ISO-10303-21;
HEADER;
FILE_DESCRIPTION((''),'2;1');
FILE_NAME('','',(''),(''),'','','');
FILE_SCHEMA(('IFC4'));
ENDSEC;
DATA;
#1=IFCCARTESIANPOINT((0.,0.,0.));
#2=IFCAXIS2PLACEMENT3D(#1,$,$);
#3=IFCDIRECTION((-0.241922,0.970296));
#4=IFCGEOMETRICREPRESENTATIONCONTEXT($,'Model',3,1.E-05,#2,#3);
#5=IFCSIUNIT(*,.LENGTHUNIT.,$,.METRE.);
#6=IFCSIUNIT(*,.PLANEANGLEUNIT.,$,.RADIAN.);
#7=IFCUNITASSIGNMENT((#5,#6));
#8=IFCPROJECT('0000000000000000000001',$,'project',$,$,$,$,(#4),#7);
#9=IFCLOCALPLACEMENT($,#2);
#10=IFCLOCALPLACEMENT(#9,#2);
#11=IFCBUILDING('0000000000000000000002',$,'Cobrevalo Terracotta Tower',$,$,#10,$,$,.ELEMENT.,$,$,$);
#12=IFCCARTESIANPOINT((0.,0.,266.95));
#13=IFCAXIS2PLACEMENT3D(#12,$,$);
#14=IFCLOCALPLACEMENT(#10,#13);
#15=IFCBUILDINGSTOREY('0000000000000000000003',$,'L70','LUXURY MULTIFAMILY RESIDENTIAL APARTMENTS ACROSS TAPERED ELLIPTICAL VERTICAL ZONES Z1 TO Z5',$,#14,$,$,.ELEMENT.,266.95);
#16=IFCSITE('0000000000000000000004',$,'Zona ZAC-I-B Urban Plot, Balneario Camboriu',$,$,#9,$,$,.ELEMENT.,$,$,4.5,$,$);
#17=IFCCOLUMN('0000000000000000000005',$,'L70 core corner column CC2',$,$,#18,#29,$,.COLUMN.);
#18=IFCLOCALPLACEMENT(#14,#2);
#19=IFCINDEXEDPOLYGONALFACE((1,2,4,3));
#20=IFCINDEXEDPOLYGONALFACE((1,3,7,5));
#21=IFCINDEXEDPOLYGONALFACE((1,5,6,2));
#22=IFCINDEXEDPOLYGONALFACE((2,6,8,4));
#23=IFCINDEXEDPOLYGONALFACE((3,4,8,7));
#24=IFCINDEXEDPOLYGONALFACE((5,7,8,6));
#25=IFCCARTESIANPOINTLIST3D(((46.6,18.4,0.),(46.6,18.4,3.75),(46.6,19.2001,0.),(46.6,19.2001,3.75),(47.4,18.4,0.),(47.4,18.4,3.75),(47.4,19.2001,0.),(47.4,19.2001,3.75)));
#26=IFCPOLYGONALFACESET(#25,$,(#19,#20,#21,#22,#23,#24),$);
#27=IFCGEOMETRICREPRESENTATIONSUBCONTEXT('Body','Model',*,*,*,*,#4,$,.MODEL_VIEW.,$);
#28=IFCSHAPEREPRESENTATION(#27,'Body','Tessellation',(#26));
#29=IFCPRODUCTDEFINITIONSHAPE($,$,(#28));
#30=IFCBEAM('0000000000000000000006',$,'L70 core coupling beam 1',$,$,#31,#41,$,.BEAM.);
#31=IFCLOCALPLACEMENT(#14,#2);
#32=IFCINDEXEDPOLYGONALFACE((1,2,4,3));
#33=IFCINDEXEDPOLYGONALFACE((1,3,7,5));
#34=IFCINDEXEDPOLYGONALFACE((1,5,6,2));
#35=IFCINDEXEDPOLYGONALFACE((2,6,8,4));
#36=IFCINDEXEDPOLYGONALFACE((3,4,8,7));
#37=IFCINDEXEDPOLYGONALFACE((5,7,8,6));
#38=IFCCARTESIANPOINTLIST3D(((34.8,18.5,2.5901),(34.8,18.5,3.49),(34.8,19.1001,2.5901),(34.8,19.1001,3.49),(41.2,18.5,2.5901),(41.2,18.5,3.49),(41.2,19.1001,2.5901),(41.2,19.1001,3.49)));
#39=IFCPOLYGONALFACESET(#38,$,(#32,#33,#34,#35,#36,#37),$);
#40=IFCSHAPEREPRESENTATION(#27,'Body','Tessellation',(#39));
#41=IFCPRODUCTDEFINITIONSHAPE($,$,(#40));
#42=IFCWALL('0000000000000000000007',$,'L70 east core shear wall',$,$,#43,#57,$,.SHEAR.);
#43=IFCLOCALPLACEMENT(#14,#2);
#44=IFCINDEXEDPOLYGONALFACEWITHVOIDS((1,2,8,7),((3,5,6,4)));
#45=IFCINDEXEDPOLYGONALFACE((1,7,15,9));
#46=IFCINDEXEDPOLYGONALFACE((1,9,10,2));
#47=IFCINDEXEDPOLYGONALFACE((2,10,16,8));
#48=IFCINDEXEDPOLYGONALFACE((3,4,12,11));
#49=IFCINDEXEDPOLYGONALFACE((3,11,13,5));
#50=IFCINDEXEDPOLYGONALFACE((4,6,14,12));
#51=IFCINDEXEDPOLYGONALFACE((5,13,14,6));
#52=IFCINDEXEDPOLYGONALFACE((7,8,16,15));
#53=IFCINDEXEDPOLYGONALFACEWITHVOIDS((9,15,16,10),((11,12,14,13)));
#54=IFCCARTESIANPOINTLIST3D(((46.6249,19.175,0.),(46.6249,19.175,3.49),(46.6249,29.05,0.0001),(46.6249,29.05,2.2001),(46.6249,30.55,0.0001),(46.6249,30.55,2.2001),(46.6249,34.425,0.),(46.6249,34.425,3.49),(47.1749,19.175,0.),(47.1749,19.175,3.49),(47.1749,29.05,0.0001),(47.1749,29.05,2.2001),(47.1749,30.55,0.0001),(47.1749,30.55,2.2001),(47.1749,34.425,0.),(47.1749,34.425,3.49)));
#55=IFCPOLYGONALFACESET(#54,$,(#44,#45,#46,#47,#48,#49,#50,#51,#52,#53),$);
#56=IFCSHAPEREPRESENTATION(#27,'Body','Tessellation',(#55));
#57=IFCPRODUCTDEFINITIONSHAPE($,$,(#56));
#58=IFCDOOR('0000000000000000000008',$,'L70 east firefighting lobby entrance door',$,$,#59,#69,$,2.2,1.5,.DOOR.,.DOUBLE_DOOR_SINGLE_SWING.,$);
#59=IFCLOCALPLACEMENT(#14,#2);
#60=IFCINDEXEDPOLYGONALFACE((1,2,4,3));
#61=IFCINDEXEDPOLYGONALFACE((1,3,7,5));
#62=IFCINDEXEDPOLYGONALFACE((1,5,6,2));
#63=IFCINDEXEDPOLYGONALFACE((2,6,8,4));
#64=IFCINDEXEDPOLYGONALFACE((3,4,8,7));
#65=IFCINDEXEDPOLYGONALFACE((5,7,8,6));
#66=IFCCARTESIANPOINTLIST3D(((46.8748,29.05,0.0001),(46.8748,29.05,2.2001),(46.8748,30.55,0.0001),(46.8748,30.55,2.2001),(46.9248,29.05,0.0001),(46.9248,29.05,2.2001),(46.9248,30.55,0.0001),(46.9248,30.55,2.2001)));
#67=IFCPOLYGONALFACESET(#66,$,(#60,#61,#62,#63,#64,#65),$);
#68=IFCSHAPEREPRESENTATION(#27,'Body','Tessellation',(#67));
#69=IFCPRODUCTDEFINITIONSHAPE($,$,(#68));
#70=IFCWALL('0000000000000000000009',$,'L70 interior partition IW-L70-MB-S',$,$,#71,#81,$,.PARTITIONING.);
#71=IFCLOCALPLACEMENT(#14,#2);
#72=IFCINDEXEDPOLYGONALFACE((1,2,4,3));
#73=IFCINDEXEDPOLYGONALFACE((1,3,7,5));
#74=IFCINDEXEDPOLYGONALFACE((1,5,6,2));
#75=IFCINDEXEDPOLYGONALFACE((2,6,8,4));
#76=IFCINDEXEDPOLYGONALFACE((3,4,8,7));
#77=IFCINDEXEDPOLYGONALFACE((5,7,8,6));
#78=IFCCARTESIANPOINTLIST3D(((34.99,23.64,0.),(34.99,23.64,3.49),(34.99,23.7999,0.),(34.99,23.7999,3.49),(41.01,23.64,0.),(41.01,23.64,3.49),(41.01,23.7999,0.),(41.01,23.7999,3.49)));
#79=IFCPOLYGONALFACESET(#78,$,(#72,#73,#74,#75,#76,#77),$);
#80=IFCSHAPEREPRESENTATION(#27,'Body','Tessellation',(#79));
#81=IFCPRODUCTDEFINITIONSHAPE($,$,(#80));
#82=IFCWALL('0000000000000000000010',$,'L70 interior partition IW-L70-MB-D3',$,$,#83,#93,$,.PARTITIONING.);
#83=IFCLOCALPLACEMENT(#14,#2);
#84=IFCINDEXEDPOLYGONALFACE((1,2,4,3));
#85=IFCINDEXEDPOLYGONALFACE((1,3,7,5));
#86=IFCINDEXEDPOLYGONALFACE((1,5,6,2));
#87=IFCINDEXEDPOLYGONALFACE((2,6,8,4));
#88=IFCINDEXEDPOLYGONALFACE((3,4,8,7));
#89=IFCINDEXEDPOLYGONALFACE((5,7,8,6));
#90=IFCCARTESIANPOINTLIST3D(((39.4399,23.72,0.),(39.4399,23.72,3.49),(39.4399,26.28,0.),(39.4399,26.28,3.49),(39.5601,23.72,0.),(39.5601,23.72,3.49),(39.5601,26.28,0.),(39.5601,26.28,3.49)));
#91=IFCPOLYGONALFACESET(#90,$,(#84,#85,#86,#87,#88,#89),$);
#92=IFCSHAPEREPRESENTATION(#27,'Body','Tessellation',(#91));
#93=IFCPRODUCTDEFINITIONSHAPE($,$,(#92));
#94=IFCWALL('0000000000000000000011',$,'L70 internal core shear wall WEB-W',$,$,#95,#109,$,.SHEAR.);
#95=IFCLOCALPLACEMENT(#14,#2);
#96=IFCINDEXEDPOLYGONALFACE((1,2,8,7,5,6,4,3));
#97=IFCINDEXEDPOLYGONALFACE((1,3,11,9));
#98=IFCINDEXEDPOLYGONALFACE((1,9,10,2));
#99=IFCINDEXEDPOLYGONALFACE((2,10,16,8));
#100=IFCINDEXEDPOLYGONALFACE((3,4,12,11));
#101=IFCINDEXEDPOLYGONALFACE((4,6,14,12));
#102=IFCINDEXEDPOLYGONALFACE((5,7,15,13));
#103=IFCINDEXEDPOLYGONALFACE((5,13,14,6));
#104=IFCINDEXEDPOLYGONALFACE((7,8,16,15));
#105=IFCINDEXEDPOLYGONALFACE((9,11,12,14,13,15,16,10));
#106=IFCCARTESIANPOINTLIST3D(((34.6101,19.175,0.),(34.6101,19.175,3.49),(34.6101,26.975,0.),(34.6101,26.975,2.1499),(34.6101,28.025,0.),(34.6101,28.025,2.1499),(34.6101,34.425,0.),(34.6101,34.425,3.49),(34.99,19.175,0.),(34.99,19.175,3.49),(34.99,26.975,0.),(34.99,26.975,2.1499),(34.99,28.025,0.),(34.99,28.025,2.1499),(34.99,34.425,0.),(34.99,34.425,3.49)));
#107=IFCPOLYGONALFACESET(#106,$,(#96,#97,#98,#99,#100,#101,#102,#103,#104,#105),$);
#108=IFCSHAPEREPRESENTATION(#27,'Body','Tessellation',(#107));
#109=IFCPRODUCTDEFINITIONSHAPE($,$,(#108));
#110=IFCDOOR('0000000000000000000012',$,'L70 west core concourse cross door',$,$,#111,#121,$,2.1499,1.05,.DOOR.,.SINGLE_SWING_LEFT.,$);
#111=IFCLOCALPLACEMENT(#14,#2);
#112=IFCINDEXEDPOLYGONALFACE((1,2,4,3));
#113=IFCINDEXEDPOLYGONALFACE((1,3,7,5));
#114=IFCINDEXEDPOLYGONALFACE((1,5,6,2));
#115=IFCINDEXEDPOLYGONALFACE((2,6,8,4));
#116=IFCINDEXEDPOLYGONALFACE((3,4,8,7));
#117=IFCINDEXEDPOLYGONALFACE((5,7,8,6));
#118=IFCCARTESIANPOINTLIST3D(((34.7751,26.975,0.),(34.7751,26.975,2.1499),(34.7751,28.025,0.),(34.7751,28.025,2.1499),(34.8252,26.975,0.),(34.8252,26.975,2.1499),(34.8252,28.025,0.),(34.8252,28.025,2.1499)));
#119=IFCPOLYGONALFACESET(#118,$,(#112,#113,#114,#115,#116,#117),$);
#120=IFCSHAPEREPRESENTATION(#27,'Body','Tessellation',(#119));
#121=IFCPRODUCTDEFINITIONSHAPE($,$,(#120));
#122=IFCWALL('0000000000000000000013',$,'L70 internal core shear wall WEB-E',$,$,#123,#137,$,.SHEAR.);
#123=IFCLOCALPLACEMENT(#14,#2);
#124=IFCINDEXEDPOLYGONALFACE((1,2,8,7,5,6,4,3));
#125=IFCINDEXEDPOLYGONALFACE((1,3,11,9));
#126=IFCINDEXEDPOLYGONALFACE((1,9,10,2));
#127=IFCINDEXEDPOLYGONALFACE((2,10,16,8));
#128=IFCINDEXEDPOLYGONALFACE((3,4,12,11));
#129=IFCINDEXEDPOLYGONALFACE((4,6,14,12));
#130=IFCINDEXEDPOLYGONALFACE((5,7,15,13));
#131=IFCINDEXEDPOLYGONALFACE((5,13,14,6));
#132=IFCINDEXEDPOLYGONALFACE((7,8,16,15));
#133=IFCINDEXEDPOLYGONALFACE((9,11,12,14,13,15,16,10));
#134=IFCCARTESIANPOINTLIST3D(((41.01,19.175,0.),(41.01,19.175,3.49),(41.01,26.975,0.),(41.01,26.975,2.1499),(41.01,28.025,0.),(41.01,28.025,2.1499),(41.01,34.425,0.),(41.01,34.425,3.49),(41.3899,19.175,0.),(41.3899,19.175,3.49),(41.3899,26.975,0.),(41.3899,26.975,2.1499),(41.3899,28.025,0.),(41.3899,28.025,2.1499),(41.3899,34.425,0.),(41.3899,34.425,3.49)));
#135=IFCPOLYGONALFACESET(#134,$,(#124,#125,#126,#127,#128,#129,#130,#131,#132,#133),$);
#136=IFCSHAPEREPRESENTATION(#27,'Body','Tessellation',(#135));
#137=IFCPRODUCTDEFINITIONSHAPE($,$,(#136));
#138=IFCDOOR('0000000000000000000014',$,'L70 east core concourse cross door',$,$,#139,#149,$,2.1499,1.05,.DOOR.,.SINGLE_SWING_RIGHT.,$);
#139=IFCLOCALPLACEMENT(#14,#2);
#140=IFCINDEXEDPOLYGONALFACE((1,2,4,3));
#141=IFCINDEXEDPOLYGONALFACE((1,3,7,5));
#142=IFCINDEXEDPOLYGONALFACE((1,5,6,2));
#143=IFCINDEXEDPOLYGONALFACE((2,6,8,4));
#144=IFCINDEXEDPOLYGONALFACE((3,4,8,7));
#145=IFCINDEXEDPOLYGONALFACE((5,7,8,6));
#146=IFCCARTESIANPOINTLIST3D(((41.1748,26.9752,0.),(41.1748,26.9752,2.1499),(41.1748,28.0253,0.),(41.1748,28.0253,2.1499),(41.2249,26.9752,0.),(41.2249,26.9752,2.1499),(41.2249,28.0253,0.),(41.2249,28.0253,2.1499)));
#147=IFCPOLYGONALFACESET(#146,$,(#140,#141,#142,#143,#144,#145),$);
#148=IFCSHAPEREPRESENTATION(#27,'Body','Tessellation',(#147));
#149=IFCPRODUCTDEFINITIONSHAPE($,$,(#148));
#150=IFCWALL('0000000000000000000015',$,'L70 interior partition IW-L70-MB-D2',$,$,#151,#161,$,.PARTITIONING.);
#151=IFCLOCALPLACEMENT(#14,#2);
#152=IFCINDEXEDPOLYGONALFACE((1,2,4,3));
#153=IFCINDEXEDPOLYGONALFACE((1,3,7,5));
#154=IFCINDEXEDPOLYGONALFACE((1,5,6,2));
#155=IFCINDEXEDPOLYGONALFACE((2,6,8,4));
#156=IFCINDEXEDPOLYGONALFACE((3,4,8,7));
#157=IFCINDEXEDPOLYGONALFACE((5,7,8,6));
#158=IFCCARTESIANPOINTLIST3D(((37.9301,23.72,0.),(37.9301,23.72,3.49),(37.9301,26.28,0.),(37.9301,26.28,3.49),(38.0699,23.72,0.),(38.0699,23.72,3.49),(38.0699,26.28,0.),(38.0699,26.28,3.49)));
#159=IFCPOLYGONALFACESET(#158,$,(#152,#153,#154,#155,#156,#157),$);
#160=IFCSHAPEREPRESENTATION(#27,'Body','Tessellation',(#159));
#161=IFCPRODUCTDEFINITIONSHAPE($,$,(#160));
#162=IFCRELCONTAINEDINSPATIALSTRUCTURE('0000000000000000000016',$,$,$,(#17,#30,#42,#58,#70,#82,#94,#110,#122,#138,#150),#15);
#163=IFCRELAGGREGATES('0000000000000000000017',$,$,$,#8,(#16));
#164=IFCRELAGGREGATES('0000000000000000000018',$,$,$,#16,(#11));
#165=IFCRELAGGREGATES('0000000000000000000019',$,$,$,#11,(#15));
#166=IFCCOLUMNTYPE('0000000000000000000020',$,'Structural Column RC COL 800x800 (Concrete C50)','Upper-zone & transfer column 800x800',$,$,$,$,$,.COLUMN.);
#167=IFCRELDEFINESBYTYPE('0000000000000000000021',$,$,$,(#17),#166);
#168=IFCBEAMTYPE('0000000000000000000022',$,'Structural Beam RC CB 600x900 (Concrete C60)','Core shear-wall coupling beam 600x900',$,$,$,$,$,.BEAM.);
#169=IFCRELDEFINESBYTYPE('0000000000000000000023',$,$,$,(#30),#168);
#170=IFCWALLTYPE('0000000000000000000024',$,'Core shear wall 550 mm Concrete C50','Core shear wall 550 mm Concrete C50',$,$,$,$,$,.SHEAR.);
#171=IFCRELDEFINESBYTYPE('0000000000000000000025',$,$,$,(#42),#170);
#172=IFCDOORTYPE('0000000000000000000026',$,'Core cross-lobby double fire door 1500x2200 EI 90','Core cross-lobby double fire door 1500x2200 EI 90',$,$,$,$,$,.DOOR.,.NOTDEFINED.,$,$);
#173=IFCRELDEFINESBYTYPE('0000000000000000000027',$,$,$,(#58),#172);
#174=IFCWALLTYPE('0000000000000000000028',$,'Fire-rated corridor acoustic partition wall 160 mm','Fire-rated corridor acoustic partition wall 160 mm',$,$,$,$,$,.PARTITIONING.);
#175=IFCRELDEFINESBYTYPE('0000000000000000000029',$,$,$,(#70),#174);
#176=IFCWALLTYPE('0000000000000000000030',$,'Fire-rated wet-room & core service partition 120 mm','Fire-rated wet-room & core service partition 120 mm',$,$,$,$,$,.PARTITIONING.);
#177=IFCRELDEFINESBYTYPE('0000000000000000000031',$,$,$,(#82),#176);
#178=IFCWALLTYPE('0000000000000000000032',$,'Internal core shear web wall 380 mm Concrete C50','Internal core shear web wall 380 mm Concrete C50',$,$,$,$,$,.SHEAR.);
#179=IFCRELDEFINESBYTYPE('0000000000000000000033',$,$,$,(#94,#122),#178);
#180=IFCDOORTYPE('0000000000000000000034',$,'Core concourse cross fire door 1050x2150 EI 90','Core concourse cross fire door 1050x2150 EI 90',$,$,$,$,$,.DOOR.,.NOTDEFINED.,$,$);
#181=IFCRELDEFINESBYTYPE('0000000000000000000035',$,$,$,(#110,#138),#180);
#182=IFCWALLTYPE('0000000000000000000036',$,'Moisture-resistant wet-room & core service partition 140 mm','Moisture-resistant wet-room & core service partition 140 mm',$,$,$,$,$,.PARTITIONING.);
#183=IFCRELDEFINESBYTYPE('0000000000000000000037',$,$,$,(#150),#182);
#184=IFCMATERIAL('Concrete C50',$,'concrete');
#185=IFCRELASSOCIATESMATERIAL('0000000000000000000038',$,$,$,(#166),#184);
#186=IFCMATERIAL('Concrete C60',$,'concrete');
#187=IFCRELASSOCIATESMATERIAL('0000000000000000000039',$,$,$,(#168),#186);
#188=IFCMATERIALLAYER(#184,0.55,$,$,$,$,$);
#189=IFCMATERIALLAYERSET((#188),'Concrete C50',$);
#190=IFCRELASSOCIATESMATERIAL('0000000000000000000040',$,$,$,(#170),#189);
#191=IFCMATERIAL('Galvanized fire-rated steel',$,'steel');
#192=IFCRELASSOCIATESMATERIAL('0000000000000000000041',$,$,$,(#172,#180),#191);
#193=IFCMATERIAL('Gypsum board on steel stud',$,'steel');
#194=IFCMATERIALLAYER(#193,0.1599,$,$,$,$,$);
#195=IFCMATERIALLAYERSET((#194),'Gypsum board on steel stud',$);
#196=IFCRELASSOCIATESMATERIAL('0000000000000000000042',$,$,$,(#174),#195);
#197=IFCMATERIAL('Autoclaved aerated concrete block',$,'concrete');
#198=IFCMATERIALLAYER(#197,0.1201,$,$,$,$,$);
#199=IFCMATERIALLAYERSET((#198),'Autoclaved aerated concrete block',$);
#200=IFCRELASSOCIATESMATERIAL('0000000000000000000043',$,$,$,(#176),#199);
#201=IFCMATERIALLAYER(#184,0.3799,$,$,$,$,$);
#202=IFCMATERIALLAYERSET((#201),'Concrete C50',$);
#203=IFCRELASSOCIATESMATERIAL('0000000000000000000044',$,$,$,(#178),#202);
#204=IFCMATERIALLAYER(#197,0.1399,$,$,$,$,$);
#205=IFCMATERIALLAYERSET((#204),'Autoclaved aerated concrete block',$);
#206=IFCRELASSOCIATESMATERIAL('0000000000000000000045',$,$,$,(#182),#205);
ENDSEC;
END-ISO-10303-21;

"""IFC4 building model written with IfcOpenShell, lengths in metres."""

from ifc_helpers import new_model, si_unit, direction, frame, frame_2d, origin, origin_2d, place, context, subcontext, project, spatial, rectangle, extrude, source, transform, mapped, material, layer, layer_set, material_profile, profile_set, type_object, element, fill, save


model = new_model("IFC4")

# Units and contexts
model_context = context("Model", 3, precision=1e-05, world=origin(), true_north=direction((-0.241922, 0.970296)))
body_context = subcontext(model_context, "Body", "Model", "MODEL_VIEW")
ifc_project = project(units=[si_unit("LENGTHUNIT", "METRE"), si_unit("PLANEANGLEUNIT", "RADIAN")], contexts=[model_context])

# Site, building, storey
site_placement = place(None, origin())
site = spatial("IfcSite", under=ifc_project, at=site_placement, Name="Zona ZAC-I-B Urban Plot, Balneario Camboriu", CompositionType="ELEMENT", RefElevation=4.5)
building_placement = place(site_placement, origin())
building = spatial("IfcBuilding", under=site, at=building_placement, Name="Cobrevalo Terracotta Tower", CompositionType="ELEMENT")
storey_placement = place(building_placement, frame((0.0, 0.0, 266.95)))
storey = spatial("IfcBuildingStorey", under=building, at=storey_placement, Name="L70", Description="LUXURY MULTIFAMILY RESIDENTIAL APARTMENTS ACROSS TAPERED ELLIPTICAL VERTICAL ZONES Z1 TO Z5", CompositionType="ELEMENT", Elevation=266.95)

# Column
ifc_material_1 = material(Name="Concrete C50", Category="concrete")
ifc_material_profile_1 = material_profile(ifc_material_1, rectangle(XDim=0.8, YDim=0.8, at=origin_2d()), Name="RC COL 800x800")
ifc_profile_set_1 = profile_set([ifc_material_profile_1], Name="Concrete C50")
column_type = type_object("IfcColumnType", Name="Structural Column RC COL 800x800 (Concrete C50)", Description="Upper-zone & transfer column 800x800", PredefinedType="COLUMN", material=ifc_profile_set_1)
column_placement = place(storey_placement, frame((47.0, 18.8, 0.0), z_axis=(0.0, 0.0, 1.0), x_axis=(1.0, 0.0, 0.0)))
element("IfcColumn", 1, at=column_placement, inside=storey, type_object=column_type, Name="L70 core corner column CC2", PredefinedType="COLUMN", context=body_context, shape_type="SweptSolid", body=[
    extrude(rectangle(XDim=0.8, YDim=0.8, at=origin_2d()), origin(), (0.0, 0.0, 1.0), 3.75),
])

# Beam
ifc_material_2 = material(Name="Concrete C60", Category="concrete")
ifc_material_profile_2 = material_profile(ifc_material_2, rectangle(XDim=0.6001, YDim=0.8999, at=origin_2d()), Name="RC CB 600x900")
ifc_profile_set_2 = profile_set([ifc_material_profile_2], Name="Concrete C60")
beam_type = type_object("IfcBeamType", Name="Structural Beam RC CB 600x900 (Concrete C60)", Description="Core shear-wall coupling beam 600x900", PredefinedType="BEAM", material=ifc_profile_set_2)
beam_placement = place(storey_placement, frame((34.8, 18.8, 3.04), z_axis=(1.0, 0.0, 0.0), x_axis=(0.0, 1.0, 0.0)))
element("IfcBeam", 2, at=beam_placement, inside=storey, type_object=beam_type, Name="L70 core coupling beam 1", PredefinedType="BEAM", context=body_context, shape_type="SweptSolid", body=[
    extrude(rectangle(XDim=0.6001, YDim=0.8999, at=origin_2d()), origin(), (0.0, 0.0, 1.0), 6.3999),
])

# Wall, opening, door
ifc_layer_1 = layer(ifc_material_1, 0.55)
ifc_layer_set_1 = layer_set([ifc_layer_1], Name="Concrete C50")
wall_type_1 = type_object("IfcWallType", Name="Core shear wall 550 mm Concrete C50", Description="Core shear wall 550 mm Concrete C50", PredefinedType="SHEAR", material=ifc_layer_set_1)
wall_1_placement = place(storey_placement, frame((46.8999, 19.175, 0.0), z_axis=(0.0, 0.0, 1.0), x_axis=(0.0, 1.0, 0.0)))
wall_1 = element("IfcWall", 3, at=wall_1_placement, inside=storey, type_object=wall_type_1, Name="L70 east core shear wall", PredefinedType="SHEAR", context=body_context, shape_type="SweptSolid", body=[
    extrude(rectangle(XDim=15.25, YDim=0.55, at=frame_2d((7.625, 0.0))), origin(), (0.0, 0.0, 1.0), 3.49),
])
opening_1_placement = place(wall_1_placement, frame((9.875, 0.0, 0.0)))
opening_1 = element("IfcOpeningElement", 4, at=opening_1_placement, cuts=wall_1, PredefinedType="OPENING", context=body_context, shape_type="SweptSolid", body=[
    extrude(rectangle(XDim=1.5, YDim=2.2, at=frame_2d((0.75, 1.1001))), frame((0.0, 0.2852, 0.0), z_axis=(0.0, -1.0, 0.0), x_axis=(1.0, 0.0, 0.0)), (0.0, 0.0, 1.0), 0.5701),
])
ifc_material_3 = material(Name="Galvanized fire-rated steel", Category="steel")
door_type_1 = type_object("IfcDoorType", Name="Core cross-lobby double fire door 1500x2200 EI 90", Description="Core cross-lobby double fire door 1500x2200 EI 90", OperationType="NOTDEFINED", PredefinedType="DOOR", material=ifc_material_3)
shared_shape_1 = source(origin(), body_context, "Body", "SweptSolid", [
    extrude(rectangle(XDim=1.5, YDim=2.2, at=frame_2d((0.75, 1.1001))), frame((0.0, 0.0249, 0.0), z_axis=(0.0, -1.0, 0.0), x_axis=(1.0, 0.0, 0.0)), (0.0, 0.0, 1.0), 0.05),
])
door_1_placement = place(opening_1_placement, frame((1.5, 0.0, 0.0), z_axis=(0.0, 0.0, 1.0), x_axis=(-1.0, 0.0, 0.0)))
door_1 = element("IfcDoor", 5, at=door_1_placement, inside=storey, type_object=door_type_1, Name="L70 east firefighting lobby entrance door", OperationType="DOUBLE_DOOR_SINGLE_SWING", OverallHeight=2.2, OverallWidth=1.5, PredefinedType="DOOR", context=body_context, shape_type="MappedRepresentation", body=[
    mapped(shared_shape_1, transform((0.0, 0.0, 0.0), scale=1.0)),
])
fill(opening_1, door_1)

# Walls
ifc_material_4 = material(Name="Gypsum board on steel stud", Category="steel")
ifc_layer_2 = layer(ifc_material_4, 0.1599)
ifc_layer_set_2 = layer_set([ifc_layer_2], Name="Gypsum board on steel stud")
wall_type_2 = type_object("IfcWallType", Name="Fire-rated corridor acoustic partition wall 160 mm", Description="Fire-rated corridor acoustic partition wall 160 mm", PredefinedType="PARTITIONING", material=ifc_layer_set_2)
wall_2_placement = place(storey_placement, frame((34.99, 23.72, 0.0), z_axis=(0.0, 0.0, 1.0), x_axis=(1.0, 0.0, 0.0)))
element("IfcWall", 6, at=wall_2_placement, inside=storey, type_object=wall_type_2, Name="L70 interior partition IW-L70-MB-S", PredefinedType="PARTITIONING", context=body_context, shape_type="SweptSolid", body=[
    extrude(rectangle(XDim=6.02, YDim=0.1599, at=frame_2d((3.01, 0.0))), origin(), (0.0, 0.0, 1.0), 3.49),
])
ifc_material_5 = material(Name="Autoclaved aerated concrete block", Category="concrete")
ifc_layer_3 = layer(ifc_material_5, 0.1201)
ifc_layer_set_3 = layer_set([ifc_layer_3], Name="Autoclaved aerated concrete block")
wall_type_3 = type_object("IfcWallType", Name="Fire-rated wet-room & core service partition 120 mm", Description="Fire-rated wet-room & core service partition 120 mm", PredefinedType="PARTITIONING", material=ifc_layer_set_3)
wall_3_placement = place(storey_placement, frame((39.5, 23.72, 0.0), z_axis=(0.0, 0.0, 1.0), x_axis=(0.0, 1.0, 0.0)))
element("IfcWall", 7, at=wall_3_placement, inside=storey, type_object=wall_type_3, Name="L70 interior partition IW-L70-MB-D3", PredefinedType="PARTITIONING", context=body_context, shape_type="SweptSolid", body=[
    extrude(rectangle(XDim=2.5601, YDim=0.1201, at=frame_2d((1.28, 0.0))), origin(), (0.0, 0.0, 1.0), 3.49),
])

# Walls, openings, doors
ifc_layer_4 = layer(ifc_material_1, 0.3799)
ifc_layer_set_4 = layer_set([ifc_layer_4], Name="Concrete C50")
wall_type_4 = type_object("IfcWallType", Name="Internal core shear web wall 380 mm Concrete C50", Description="Internal core shear web wall 380 mm Concrete C50", PredefinedType="SHEAR", material=ifc_layer_set_4)
wall_4_placement = place(storey_placement, frame((34.8, 19.175, 0.0), z_axis=(0.0, 0.0, 1.0), x_axis=(0.0, 1.0, 0.0)))
wall_4 = element("IfcWall", 8, at=wall_4_placement, inside=storey, type_object=wall_type_4, Name="L70 internal core shear wall WEB-W", PredefinedType="SHEAR", context=body_context, shape_type="SweptSolid", body=[
    extrude(rectangle(XDim=15.25, YDim=0.3799, at=frame_2d((7.625, 0.0))), origin(), (0.0, 0.0, 1.0), 3.49),
])
opening_2_placement = place(wall_4_placement, frame((7.8, 0.0, 0.0)))
opening_2 = element("IfcOpeningElement", 9, at=opening_2_placement, cuts=wall_4, PredefinedType="OPENING", context=body_context, shape_type="SweptSolid", body=[
    extrude(rectangle(XDim=1.05, YDim=2.1499, at=frame_2d((0.5249, 1.075))), frame((0.0, 0.2, 0.0), z_axis=(0.0, -1.0, 0.0), x_axis=(1.0, 0.0, 0.0)), (0.0, 0.0, 1.0), 0.3999),
])
door_type_2 = type_object("IfcDoorType", Name="Core concourse cross fire door 1050x2150 EI 90", Description="Core concourse cross fire door 1050x2150 EI 90", OperationType="NOTDEFINED", PredefinedType="DOOR", material=ifc_material_3)
shared_shape_2 = source(origin(), body_context, "Body", "SweptSolid", [
    extrude(rectangle(XDim=1.05, YDim=2.1499, at=frame_2d((0.5249, 1.075))), frame((0.0, 0.0249, 0.0), z_axis=(0.0, -1.0, 0.0), x_axis=(1.0, 0.0, 0.0)), (0.0, 0.0, 1.0), 0.05),
])
door_2_placement = place(opening_2_placement, origin())
door_2 = element("IfcDoor", 10, at=door_2_placement, inside=storey, type_object=door_type_2, Name="L70 west core concourse cross door", OperationType="SINGLE_SWING_LEFT", OverallHeight=2.1499, OverallWidth=1.05, PredefinedType="DOOR", context=body_context, shape_type="MappedRepresentation", body=[
    mapped(shared_shape_2, transform((0.0, 0.0, 0.0), scale=1.0)),
])
fill(opening_2, door_2)
wall_5_placement = place(storey_placement, frame((41.2, 19.175, 0.0), z_axis=(0.0, 0.0, 1.0), x_axis=(0.0, 1.0, 0.0)))
wall_5 = element("IfcWall", 11, at=wall_5_placement, inside=storey, type_object=wall_type_4, Name="L70 internal core shear wall WEB-E", PredefinedType="SHEAR", context=body_context, shape_type="SweptSolid", body=[
    extrude(rectangle(XDim=15.25, YDim=0.3799, at=frame_2d((7.625, 0.0))), origin(), (0.0, 0.0, 1.0), 3.49),
])
opening_3_placement = place(wall_5_placement, frame((7.8, 0.0, 0.0)))
opening_3 = element("IfcOpeningElement", 12, at=opening_3_placement, cuts=wall_5, PredefinedType="OPENING", context=body_context, shape_type="SweptSolid", body=[
    extrude(rectangle(XDim=1.05, YDim=2.1499, at=frame_2d((0.5249, 1.075))), frame((0.0, 0.2, 0.0), z_axis=(0.0, -1.0, 0.0), x_axis=(1.0, 0.0, 0.0)), (0.0, 0.0, 1.0), 0.3999),
])
door_3_placement = place(opening_3_placement, frame((1.05, 0.0, 0.0), z_axis=(0.0, 0.0, 1.0), x_axis=(-1.0, 0.0, 0.0)))
door_3 = element("IfcDoor", 13, at=door_3_placement, inside=storey, type_object=door_type_2, Name="L70 east core concourse cross door", OperationType="SINGLE_SWING_RIGHT", OverallHeight=2.1499, OverallWidth=1.05, PredefinedType="DOOR", context=body_context, shape_type="MappedRepresentation", body=[
    mapped(shared_shape_2, transform((0.0, 0.0, 0.0), scale=1.0)),
])
fill(opening_3, door_3)

# Wall
ifc_layer_5 = layer(ifc_material_5, 0.1399)
ifc_layer_set_5 = layer_set([ifc_layer_5], Name="Autoclaved aerated concrete block")
wall_type_5 = type_object("IfcWallType", Name="Moisture-resistant wet-room & core service partition 140 mm", Description="Moisture-resistant wet-room & core service partition 140 mm", PredefinedType="PARTITIONING", material=ifc_layer_set_5)
wall_6_placement = place(storey_placement, frame((38.0, 23.72, 0.0), z_axis=(0.0, 0.0, 1.0), x_axis=(0.0, 1.0, 0.0)))
element("IfcWall", 14, at=wall_6_placement, inside=storey, type_object=wall_type_5, Name="L70 interior partition IW-L70-MB-D2", PredefinedType="PARTITIONING", context=body_context, shape_type="SweptSolid", body=[
    extrude(rectangle(XDim=2.5601, YDim=0.1399, at=frame_2d((1.28, 0.0))), origin(), (0.0, 0.0, 1.0), 3.49),
])

save(model, "model.ifc")
